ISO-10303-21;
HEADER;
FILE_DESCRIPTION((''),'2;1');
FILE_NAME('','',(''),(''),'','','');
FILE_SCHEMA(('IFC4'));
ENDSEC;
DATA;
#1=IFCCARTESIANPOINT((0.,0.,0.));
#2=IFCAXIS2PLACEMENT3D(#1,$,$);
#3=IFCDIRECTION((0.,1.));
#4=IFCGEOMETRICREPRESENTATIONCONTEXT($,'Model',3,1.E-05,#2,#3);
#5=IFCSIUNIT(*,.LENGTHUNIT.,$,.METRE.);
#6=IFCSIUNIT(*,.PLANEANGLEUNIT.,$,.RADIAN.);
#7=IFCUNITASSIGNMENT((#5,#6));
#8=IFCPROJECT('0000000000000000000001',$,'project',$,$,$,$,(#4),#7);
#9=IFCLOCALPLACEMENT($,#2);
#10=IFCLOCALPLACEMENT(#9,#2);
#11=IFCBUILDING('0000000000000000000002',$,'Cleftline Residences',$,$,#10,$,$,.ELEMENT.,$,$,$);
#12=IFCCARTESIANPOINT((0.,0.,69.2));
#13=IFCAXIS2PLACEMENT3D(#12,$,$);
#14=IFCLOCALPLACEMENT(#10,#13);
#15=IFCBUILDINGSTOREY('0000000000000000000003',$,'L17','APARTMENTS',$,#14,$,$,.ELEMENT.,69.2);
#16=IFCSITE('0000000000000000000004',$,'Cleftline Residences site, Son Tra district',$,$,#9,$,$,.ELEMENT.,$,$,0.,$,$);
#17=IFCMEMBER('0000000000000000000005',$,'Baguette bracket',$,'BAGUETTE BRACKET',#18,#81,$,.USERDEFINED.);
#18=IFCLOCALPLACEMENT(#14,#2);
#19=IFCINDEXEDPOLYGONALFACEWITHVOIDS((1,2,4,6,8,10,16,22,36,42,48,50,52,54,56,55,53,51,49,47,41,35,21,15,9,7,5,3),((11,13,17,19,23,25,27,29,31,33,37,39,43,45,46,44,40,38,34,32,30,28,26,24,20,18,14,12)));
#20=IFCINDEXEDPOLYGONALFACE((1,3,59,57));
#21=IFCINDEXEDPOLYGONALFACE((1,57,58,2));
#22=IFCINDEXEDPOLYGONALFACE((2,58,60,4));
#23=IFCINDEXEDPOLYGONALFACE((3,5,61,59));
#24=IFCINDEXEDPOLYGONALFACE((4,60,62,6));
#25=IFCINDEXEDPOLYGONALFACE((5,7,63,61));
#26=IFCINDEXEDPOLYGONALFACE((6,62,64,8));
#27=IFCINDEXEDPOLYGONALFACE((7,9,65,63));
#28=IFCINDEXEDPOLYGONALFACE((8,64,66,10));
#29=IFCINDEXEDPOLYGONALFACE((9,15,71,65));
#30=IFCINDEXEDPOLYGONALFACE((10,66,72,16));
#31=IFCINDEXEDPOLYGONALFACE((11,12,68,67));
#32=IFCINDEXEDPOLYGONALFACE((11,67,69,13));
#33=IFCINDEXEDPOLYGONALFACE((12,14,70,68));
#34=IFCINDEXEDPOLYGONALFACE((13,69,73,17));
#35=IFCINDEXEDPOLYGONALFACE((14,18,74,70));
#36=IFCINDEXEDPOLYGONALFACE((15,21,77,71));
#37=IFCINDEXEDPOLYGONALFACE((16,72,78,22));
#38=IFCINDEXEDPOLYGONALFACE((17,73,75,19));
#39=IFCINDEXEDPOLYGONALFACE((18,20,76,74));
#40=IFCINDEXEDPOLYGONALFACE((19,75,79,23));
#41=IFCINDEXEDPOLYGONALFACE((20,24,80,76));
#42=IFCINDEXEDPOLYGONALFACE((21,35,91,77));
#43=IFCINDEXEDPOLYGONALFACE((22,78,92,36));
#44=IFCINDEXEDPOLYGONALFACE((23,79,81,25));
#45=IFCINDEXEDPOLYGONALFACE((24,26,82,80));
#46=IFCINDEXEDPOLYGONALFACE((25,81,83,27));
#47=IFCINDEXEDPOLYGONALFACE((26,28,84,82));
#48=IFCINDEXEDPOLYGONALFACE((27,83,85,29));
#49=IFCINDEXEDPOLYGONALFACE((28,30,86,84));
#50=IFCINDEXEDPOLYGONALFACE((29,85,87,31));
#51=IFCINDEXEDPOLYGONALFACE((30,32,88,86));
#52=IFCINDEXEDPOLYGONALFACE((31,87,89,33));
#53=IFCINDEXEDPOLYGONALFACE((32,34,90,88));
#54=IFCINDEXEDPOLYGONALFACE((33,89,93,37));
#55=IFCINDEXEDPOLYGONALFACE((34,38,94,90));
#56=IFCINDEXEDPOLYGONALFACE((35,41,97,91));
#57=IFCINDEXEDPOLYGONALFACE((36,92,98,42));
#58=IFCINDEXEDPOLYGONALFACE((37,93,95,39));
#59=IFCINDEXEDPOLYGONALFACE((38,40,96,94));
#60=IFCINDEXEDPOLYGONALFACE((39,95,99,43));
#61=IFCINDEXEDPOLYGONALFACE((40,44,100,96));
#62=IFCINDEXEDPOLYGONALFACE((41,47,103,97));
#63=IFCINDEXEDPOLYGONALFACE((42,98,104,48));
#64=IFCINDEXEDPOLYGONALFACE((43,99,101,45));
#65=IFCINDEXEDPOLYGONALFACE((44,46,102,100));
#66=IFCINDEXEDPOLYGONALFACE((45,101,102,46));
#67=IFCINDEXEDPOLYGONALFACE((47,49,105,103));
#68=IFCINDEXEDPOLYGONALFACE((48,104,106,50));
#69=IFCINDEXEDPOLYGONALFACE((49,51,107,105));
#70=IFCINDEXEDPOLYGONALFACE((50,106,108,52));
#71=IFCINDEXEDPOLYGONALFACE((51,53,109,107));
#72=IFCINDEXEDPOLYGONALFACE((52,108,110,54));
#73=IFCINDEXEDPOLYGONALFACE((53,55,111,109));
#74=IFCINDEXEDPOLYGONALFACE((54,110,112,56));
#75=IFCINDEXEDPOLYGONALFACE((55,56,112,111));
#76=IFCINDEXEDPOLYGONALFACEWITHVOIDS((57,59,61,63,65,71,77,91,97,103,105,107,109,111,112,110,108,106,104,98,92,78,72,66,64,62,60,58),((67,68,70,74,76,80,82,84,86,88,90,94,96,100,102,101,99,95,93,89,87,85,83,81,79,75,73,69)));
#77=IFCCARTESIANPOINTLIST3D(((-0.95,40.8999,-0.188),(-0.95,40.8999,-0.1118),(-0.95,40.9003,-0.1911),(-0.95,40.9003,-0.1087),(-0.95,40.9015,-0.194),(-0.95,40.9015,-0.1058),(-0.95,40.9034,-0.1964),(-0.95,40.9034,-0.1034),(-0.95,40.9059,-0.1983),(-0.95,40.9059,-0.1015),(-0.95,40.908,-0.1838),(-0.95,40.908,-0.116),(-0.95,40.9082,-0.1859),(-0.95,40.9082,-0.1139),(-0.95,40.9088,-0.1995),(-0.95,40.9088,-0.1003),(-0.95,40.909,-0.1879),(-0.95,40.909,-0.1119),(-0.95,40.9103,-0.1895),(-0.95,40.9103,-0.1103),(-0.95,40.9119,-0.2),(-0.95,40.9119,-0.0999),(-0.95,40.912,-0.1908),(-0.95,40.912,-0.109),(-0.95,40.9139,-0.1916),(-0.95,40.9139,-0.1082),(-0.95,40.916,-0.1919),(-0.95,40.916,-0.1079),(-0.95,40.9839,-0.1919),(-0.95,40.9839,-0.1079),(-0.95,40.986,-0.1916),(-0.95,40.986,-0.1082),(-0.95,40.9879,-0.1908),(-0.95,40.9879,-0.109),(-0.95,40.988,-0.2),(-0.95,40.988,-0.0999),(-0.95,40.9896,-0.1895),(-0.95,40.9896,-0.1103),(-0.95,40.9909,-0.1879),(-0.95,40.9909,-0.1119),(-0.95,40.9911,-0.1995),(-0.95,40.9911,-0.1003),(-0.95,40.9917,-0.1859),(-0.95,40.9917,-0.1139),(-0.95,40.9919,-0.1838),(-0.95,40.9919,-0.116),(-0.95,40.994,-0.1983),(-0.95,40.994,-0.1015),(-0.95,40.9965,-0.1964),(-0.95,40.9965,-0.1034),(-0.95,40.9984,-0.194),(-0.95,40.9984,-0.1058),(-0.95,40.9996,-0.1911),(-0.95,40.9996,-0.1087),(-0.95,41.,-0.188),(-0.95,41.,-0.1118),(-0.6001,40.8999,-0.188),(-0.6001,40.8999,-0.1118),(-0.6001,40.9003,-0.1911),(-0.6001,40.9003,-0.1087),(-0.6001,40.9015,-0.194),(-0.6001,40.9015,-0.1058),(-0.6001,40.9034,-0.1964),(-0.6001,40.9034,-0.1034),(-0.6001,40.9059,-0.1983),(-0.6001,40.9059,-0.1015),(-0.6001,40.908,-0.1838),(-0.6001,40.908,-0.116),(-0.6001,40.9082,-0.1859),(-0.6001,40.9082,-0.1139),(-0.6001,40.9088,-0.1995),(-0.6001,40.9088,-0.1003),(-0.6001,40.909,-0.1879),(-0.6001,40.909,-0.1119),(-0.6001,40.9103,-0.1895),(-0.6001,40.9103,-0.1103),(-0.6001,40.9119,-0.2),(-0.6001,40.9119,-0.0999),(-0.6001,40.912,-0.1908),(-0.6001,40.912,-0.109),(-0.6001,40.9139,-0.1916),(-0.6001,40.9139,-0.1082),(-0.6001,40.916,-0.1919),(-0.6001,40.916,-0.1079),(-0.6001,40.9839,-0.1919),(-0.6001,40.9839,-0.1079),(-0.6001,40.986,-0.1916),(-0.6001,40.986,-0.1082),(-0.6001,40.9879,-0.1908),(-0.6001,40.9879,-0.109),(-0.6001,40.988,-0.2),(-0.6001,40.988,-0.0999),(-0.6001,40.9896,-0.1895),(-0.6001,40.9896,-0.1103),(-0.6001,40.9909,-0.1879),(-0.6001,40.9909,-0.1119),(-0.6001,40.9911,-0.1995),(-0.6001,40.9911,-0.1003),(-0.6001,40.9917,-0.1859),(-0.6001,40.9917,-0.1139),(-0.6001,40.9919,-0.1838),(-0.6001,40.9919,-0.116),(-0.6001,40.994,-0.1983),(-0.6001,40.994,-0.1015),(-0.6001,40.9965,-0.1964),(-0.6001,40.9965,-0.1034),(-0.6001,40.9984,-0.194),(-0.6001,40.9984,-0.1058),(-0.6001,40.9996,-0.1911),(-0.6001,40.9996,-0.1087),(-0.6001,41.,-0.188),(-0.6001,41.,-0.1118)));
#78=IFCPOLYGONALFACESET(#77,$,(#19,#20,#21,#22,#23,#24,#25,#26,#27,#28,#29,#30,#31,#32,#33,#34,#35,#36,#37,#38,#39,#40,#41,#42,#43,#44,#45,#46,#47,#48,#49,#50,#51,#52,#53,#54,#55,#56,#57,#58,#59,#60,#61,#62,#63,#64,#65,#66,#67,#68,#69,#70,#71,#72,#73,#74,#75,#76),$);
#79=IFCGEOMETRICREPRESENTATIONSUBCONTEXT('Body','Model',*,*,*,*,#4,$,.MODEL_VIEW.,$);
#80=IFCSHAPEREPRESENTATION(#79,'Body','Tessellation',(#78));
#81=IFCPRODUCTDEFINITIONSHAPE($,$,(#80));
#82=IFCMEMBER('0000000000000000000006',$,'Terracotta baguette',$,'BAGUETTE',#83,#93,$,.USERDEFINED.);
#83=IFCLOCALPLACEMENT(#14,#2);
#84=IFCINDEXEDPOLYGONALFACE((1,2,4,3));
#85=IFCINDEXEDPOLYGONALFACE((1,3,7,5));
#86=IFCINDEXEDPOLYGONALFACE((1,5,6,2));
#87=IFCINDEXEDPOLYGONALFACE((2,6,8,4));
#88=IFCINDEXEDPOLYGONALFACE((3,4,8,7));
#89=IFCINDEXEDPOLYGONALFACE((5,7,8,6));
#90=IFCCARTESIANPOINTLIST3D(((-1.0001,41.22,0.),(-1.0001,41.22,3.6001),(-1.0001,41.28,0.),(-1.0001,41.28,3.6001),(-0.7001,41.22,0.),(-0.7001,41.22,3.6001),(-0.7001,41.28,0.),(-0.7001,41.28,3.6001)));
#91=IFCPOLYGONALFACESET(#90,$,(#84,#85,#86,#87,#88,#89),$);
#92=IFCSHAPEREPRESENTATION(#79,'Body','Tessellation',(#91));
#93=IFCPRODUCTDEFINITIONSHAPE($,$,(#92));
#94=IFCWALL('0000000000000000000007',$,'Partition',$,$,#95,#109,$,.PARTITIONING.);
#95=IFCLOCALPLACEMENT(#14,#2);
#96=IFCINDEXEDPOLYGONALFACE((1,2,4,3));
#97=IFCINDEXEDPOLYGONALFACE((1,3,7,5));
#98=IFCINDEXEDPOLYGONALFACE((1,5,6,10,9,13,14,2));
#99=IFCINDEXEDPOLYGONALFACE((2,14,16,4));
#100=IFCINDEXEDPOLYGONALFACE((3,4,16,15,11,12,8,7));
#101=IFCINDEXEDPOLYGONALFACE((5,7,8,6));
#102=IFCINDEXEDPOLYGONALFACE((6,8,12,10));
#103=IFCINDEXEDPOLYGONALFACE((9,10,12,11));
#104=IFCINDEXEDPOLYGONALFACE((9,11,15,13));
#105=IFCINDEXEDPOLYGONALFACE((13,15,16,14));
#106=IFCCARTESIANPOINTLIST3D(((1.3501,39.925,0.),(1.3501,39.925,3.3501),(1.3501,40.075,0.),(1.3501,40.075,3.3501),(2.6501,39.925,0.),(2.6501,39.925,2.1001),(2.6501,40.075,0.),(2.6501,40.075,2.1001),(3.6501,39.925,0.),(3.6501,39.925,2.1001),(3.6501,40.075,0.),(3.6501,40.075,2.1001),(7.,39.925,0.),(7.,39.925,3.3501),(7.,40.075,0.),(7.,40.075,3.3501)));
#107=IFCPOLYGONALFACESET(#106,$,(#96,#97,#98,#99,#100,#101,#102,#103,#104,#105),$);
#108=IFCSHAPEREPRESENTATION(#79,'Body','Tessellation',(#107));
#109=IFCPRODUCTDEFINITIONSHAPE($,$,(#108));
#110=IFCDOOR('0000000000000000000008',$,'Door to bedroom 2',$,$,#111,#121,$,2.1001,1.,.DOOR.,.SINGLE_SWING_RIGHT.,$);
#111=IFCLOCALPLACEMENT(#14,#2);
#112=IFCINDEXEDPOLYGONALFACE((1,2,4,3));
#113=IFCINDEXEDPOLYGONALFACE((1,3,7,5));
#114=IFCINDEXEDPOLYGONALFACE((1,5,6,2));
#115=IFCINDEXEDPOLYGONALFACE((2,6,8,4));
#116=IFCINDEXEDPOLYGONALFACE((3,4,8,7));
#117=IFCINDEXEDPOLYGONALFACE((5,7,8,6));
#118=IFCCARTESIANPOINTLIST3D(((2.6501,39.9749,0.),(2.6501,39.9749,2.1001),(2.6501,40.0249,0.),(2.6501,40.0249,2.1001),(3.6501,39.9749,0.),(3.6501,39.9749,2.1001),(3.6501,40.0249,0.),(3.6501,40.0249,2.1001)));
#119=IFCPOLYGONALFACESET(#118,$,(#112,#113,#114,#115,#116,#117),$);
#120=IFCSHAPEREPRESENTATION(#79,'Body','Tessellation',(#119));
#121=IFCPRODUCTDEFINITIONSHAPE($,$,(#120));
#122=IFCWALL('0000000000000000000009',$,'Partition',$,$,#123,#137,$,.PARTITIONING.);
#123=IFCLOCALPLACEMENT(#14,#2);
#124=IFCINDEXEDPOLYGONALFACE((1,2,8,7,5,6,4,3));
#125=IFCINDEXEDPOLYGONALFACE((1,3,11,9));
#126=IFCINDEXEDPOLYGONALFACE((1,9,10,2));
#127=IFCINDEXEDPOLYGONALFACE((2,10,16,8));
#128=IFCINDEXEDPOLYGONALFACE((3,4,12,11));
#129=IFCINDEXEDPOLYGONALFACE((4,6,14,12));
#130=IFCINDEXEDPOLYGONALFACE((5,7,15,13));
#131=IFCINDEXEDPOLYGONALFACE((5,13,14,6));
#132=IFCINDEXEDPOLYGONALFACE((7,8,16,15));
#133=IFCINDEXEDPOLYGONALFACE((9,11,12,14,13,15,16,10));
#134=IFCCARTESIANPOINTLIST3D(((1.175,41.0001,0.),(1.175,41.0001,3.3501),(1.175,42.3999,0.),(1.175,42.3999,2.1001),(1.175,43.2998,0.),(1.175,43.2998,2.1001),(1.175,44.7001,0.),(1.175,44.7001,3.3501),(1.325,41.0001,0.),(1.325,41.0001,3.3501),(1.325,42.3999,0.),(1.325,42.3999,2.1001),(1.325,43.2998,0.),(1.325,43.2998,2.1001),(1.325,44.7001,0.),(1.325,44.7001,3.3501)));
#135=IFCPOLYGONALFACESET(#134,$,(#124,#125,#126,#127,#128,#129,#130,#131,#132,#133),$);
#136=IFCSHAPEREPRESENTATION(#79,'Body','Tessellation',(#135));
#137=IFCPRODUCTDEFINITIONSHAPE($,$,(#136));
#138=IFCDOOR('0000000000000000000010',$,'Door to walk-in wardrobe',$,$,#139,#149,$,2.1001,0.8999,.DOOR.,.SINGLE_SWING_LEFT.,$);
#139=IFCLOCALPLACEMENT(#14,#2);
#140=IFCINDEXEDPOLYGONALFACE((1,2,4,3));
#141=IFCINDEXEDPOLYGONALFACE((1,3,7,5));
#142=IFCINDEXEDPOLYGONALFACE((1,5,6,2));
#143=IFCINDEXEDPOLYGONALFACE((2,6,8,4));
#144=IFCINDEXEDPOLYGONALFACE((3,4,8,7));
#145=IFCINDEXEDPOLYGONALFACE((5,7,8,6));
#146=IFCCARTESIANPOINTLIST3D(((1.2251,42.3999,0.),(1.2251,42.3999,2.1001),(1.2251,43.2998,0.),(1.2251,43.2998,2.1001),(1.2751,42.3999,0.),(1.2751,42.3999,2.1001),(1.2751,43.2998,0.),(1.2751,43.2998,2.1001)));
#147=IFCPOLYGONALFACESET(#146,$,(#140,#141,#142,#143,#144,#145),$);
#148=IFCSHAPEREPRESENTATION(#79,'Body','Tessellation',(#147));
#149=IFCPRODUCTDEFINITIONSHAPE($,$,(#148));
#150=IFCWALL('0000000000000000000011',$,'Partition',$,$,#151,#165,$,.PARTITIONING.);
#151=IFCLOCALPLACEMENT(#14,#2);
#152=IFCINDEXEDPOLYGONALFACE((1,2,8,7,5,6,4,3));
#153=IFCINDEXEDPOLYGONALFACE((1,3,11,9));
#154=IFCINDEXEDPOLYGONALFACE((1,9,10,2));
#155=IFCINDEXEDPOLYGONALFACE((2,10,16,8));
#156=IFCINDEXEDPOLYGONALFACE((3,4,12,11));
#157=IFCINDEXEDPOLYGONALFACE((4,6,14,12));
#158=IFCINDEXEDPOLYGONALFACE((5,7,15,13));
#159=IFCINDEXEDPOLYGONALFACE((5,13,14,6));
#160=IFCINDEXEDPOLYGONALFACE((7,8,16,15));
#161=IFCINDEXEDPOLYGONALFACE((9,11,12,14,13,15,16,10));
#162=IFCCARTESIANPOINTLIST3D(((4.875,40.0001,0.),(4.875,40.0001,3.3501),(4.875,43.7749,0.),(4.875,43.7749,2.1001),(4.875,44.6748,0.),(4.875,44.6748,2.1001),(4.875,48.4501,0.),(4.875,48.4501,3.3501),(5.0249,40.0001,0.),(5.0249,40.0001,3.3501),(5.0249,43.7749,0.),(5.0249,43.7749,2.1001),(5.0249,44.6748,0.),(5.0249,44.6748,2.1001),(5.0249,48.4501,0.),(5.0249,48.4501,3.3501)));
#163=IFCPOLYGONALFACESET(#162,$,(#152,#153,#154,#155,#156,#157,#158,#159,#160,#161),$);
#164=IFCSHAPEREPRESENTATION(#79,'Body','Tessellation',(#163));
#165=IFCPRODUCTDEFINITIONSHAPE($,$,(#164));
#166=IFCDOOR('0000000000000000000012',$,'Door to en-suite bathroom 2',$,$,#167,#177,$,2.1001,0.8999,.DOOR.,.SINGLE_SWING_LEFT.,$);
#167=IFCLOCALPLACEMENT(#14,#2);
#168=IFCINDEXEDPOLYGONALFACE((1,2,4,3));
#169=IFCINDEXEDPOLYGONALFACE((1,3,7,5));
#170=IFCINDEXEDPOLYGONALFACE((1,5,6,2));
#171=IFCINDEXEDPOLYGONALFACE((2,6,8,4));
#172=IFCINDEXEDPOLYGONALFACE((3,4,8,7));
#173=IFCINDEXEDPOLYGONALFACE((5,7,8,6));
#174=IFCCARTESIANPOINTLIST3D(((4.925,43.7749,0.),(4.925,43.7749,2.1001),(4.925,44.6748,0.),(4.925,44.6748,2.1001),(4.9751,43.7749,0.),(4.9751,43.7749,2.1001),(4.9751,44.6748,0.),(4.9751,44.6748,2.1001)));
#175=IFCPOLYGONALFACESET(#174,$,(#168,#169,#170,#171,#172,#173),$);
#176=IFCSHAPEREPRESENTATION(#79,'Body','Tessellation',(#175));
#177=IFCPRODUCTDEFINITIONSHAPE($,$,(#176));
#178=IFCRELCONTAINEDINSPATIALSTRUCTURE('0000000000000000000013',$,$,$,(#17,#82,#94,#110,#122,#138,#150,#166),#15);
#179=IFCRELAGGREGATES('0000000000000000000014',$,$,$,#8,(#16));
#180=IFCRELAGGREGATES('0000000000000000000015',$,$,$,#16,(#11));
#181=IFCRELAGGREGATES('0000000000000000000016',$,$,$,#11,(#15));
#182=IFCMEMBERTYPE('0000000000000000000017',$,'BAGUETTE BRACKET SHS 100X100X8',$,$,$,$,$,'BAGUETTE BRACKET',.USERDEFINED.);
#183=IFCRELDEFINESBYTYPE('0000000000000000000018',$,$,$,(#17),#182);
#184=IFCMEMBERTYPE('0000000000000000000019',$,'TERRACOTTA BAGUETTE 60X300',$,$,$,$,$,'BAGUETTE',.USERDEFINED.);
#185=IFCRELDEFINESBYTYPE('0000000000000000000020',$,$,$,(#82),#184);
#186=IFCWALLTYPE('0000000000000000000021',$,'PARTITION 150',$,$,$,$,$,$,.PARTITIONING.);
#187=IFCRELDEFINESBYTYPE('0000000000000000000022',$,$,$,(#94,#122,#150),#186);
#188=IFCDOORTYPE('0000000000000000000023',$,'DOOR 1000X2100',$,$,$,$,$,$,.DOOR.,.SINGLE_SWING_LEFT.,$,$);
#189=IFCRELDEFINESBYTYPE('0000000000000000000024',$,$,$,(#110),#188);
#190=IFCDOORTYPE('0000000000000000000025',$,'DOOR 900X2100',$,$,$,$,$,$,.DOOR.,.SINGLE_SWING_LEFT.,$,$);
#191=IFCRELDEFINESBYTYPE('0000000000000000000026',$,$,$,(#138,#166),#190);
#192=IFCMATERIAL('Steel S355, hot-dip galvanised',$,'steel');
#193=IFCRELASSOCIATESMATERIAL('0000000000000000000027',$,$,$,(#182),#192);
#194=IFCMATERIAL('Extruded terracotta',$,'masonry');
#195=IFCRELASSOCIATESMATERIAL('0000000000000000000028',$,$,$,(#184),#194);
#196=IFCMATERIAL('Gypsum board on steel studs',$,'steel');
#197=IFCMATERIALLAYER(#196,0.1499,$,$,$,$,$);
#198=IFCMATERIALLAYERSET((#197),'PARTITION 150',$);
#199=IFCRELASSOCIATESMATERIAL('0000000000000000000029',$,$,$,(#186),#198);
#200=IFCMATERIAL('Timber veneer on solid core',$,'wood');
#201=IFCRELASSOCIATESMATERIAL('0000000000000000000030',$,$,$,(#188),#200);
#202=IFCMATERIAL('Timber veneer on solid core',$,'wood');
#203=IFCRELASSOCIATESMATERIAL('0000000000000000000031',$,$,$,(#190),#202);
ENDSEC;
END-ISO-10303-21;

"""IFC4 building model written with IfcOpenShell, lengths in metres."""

from ifc_helpers import new_model, si_unit, direction, frame, frame_2d, origin, origin_2d, place, context, subcontext, project, spatial, rectangle, hollow_rectangle, extrude, material, layer, layer_set, material_profile, profile_set, type_object, element, fill, save


model = new_model("IFC4")

# Units and contexts
model_context = context("Model", 3, precision=1e-05, world=origin(), true_north=direction((0.0, 1.0)))
body_context = subcontext(model_context, "Body", "Model", "MODEL_VIEW")
ifc_project = project(units=[si_unit("LENGTHUNIT", "METRE"), si_unit("PLANEANGLEUNIT", "RADIAN")], contexts=[model_context])

# Site, building, storey
site_placement = place(None, origin())
site = spatial("IfcSite", under=ifc_project, at=site_placement, Name="Cleftline Residences site, Son Tra district", CompositionType="ELEMENT", RefElevation=0.0)
building_placement = place(site_placement, origin())
building = spatial("IfcBuilding", under=site, at=building_placement, Name="Cleftline Residences", CompositionType="ELEMENT")
storey_placement = place(building_placement, frame((0.0, 0.0, 69.2)))
storey = spatial("IfcBuildingStorey", under=building, at=storey_placement, Name="L17", Description="APARTMENTS", CompositionType="ELEMENT", Elevation=69.2)

# Members
ifc_material_1 = material(Name="Steel S355, hot-dip galvanised", Category="steel")
ifc_material_profile_1 = material_profile(ifc_material_1, hollow_rectangle(XDim=0.1001, YDim=0.1001, WallThickness=0.0081, InnerFilletRadius=0.0081, OuterFilletRadius=0.012, at=origin_2d()))
ifc_profile_set_1 = profile_set([ifc_material_profile_1], Name="Steel S355, hot-dip galvanised")
member_type_1 = type_object("IfcMemberType", Name="BAGUETTE BRACKET SHS 100X100X8", ElementType="BAGUETTE BRACKET", PredefinedType="USERDEFINED", material=ifc_profile_set_1)
member_1_placement = place(storey_placement, frame((-0.6001, 40.95, -0.1499), z_axis=(-1.0, 0.0, 0.0), x_axis=(0.0, -1.0, 0.0)))
element("IfcMember", 1, at=member_1_placement, inside=storey, type_object=member_type_1, Name="Baguette bracket", ObjectType="BAGUETTE BRACKET", PredefinedType="USERDEFINED", context=body_context, shape_type="SweptSolid", body=[
    extrude(hollow_rectangle(XDim=0.1001, YDim=0.1001, WallThickness=0.0081, InnerFilletRadius=0.0081, OuterFilletRadius=0.012, at=origin_2d()), origin(), (0.0, 0.0, 1.0), 0.3499),
])
ifc_material_2 = material(Name="Extruded terracotta", Category="masonry")
ifc_material_profile_2 = material_profile(ifc_material_2, rectangle(XDim=0.0601, YDim=0.3, at=origin_2d()))
ifc_profile_set_2 = profile_set([ifc_material_profile_2], Name="Extruded terracotta")
member_type_2 = type_object("IfcMemberType", Name="TERRACOTTA BAGUETTE 60X300", ElementType="BAGUETTE", PredefinedType="USERDEFINED", material=ifc_profile_set_2)
member_2_placement = place(storey_placement, frame((-0.8501, 41.25, 0.0), z_axis=(0.0, 0.0, 1.0), x_axis=(0.0, 1.0, 0.0)))
element("IfcMember", 2, at=member_2_placement, inside=storey, type_object=member_type_2, Name="Terracotta baguette", ObjectType="BAGUETTE", PredefinedType="USERDEFINED", context=body_context, shape_type="SweptSolid", body=[
    extrude(rectangle(XDim=0.0601, YDim=0.3, at=origin_2d()), origin(), (0.0, 0.0, 1.0), 3.6001),
])

# Walls, openings, doors
ifc_material_3 = material(Name="Gypsum board on steel studs", Category="steel")
ifc_layer = layer(ifc_material_3, 0.1499)
ifc_layer_set = layer_set([ifc_layer], Name="PARTITION 150")
wall_type = type_object("IfcWallType", Name="PARTITION 150", PredefinedType="PARTITIONING", material=ifc_layer_set)
wall_1_placement = place(storey_placement, frame((1.3501, 40.0, 0.0), z_axis=(0.0, 0.0, 1.0), x_axis=(1.0, 0.0, 0.0)))
wall_1 = element("IfcWall", 3, at=wall_1_placement, inside=storey, type_object=wall_type, Name="Partition", PredefinedType="PARTITIONING", context=body_context, shape_type="SweptSolid", body=[
    extrude(rectangle(XDim=5.6499, YDim=0.1499, at=frame_2d((2.825, 0.0))), origin(), (0.0, 0.0, 1.0), 3.3501),
])
opening_1_placement = place(wall_1_placement, frame((1.3, 0.0, 0.0)))
opening_1 = element("IfcOpeningElement", 4, at=opening_1_placement, cuts=wall_1, PredefinedType="OPENING", context=body_context, shape_type="SweptSolid", body=[
    extrude(rectangle(XDim=1.0, YDim=2.1001, at=frame_2d((0.5, 1.05))), frame((0.0, 0.085, 0.0), z_axis=(0.0, -1.0, 0.0), x_axis=(1.0, 0.0, 0.0)), (0.0, 0.0, 1.0), 0.1699),
])
ifc_material_4 = material(Name="Timber veneer on solid core", Category="wood")
door_type_1 = type_object("IfcDoorType", Name="DOOR 1000X2100", OperationType="SINGLE_SWING_LEFT", PredefinedType="DOOR", material=ifc_material_4)
door_1_placement = place(opening_1_placement, origin())
door_1 = element("IfcDoor", 5, at=door_1_placement, inside=storey, type_object=door_type_1, Name="Door to bedroom 2", OperationType="SINGLE_SWING_RIGHT", OverallHeight=2.1001, OverallWidth=1.0, PredefinedType="DOOR", context=body_context, shape_type="SweptSolid", body=[
    extrude(rectangle(XDim=1.0, YDim=2.1001, at=frame_2d((0.5, 1.05))), frame((0.0, 0.0249, 0.0), z_axis=(0.0, -1.0, 0.0), x_axis=(1.0, 0.0, 0.0)), (0.0, 0.0, 1.0), 0.05),
])
fill(opening_1, door_1)
wall_2_placement = place(storey_placement, frame((1.25, 41.0, 0.0), z_axis=(0.0, 0.0, 1.0), x_axis=(0.0, 1.0, 0.0)))
wall_2 = element("IfcWall", 6, at=wall_2_placement, inside=storey, type_object=wall_type, Name="Partition", PredefinedType="PARTITIONING", context=body_context, shape_type="SweptSolid", body=[
    extrude(rectangle(XDim=3.7, YDim=0.1499, at=frame_2d((1.8501, 0.0))), origin(), (0.0, 0.0, 1.0), 3.3501),
])
opening_2_placement = place(wall_2_placement, frame((1.3999, 0.0, 0.0)))
opening_2 = element("IfcOpeningElement", 7, at=opening_2_placement, cuts=wall_2, PredefinedType="OPENING", context=body_context, shape_type="SweptSolid", body=[
    extrude(rectangle(XDim=0.8999, YDim=2.1001, at=frame_2d((0.45, 1.05))), frame((0.0, 0.085, 0.0), z_axis=(0.0, -1.0, 0.0), x_axis=(1.0, 0.0, 0.0)), (0.0, 0.0, 1.0), 0.1699),
])
ifc_material_5 = material(Name="Timber veneer on solid core", Category="wood")
door_type_2 = type_object("IfcDoorType", Name="DOOR 900X2100", OperationType="SINGLE_SWING_LEFT", PredefinedType="DOOR", material=ifc_material_5)
door_2_placement = place(opening_2_placement, origin())
door_2 = element("IfcDoor", 8, at=door_2_placement, inside=storey, type_object=door_type_2, Name="Door to walk-in wardrobe", OperationType="SINGLE_SWING_LEFT", OverallHeight=2.1001, OverallWidth=0.8999, PredefinedType="DOOR", context=body_context, shape_type="SweptSolid", body=[
    extrude(rectangle(XDim=0.8999, YDim=2.1001, at=frame_2d((0.45, 1.05))), frame((0.0, 0.0249, 0.0), z_axis=(0.0, -1.0, 0.0), x_axis=(1.0, 0.0, 0.0)), (0.0, 0.0, 1.0), 0.05),
])
fill(opening_2, door_2)
wall_3_placement = place(storey_placement, frame((4.95, 40.0, 0.0), z_axis=(0.0, 0.0, 1.0), x_axis=(0.0, 1.0, 0.0)))
wall_3 = element("IfcWall", 9, at=wall_3_placement, inside=storey, type_object=wall_type, Name="Partition", PredefinedType="PARTITIONING", context=body_context, shape_type="SweptSolid", body=[
    extrude(rectangle(XDim=8.45, YDim=0.1499, at=frame_2d((4.2251, 0.0))), origin(), (0.0, 0.0, 1.0), 3.3501),
])
opening_3_placement = place(wall_3_placement, frame((3.7749, 0.0, 0.0)))
opening_3 = element("IfcOpeningElement", 10, at=opening_3_placement, cuts=wall_3, PredefinedType="OPENING", context=body_context, shape_type="SweptSolid", body=[
    extrude(rectangle(XDim=0.8999, YDim=2.1001, at=frame_2d((0.45, 1.05))), frame((0.0, 0.085, 0.0), z_axis=(0.0, -1.0, 0.0), x_axis=(1.0, 0.0, 0.0)), (0.0, 0.0, 1.0), 0.1699),
])
door_3_placement = place(opening_3_placement, origin())
door_3 = element("IfcDoor", 11, at=door_3_placement, inside=storey, type_object=door_type_2, Name="Door to en-suite bathroom 2", OperationType="SINGLE_SWING_LEFT", OverallHeight=2.1001, OverallWidth=0.8999, PredefinedType="DOOR", context=body_context, shape_type="SweptSolid", body=[
    extrude(rectangle(XDim=0.8999, YDim=2.1001, at=frame_2d((0.45, 1.05))), frame((0.0, 0.0249, 0.0), z_axis=(0.0, -1.0, 0.0), x_axis=(1.0, 0.0, 0.0)), (0.0, 0.0, 1.0), 0.05),
])
fill(opening_3, door_3)

save(model, "model.ifc")
